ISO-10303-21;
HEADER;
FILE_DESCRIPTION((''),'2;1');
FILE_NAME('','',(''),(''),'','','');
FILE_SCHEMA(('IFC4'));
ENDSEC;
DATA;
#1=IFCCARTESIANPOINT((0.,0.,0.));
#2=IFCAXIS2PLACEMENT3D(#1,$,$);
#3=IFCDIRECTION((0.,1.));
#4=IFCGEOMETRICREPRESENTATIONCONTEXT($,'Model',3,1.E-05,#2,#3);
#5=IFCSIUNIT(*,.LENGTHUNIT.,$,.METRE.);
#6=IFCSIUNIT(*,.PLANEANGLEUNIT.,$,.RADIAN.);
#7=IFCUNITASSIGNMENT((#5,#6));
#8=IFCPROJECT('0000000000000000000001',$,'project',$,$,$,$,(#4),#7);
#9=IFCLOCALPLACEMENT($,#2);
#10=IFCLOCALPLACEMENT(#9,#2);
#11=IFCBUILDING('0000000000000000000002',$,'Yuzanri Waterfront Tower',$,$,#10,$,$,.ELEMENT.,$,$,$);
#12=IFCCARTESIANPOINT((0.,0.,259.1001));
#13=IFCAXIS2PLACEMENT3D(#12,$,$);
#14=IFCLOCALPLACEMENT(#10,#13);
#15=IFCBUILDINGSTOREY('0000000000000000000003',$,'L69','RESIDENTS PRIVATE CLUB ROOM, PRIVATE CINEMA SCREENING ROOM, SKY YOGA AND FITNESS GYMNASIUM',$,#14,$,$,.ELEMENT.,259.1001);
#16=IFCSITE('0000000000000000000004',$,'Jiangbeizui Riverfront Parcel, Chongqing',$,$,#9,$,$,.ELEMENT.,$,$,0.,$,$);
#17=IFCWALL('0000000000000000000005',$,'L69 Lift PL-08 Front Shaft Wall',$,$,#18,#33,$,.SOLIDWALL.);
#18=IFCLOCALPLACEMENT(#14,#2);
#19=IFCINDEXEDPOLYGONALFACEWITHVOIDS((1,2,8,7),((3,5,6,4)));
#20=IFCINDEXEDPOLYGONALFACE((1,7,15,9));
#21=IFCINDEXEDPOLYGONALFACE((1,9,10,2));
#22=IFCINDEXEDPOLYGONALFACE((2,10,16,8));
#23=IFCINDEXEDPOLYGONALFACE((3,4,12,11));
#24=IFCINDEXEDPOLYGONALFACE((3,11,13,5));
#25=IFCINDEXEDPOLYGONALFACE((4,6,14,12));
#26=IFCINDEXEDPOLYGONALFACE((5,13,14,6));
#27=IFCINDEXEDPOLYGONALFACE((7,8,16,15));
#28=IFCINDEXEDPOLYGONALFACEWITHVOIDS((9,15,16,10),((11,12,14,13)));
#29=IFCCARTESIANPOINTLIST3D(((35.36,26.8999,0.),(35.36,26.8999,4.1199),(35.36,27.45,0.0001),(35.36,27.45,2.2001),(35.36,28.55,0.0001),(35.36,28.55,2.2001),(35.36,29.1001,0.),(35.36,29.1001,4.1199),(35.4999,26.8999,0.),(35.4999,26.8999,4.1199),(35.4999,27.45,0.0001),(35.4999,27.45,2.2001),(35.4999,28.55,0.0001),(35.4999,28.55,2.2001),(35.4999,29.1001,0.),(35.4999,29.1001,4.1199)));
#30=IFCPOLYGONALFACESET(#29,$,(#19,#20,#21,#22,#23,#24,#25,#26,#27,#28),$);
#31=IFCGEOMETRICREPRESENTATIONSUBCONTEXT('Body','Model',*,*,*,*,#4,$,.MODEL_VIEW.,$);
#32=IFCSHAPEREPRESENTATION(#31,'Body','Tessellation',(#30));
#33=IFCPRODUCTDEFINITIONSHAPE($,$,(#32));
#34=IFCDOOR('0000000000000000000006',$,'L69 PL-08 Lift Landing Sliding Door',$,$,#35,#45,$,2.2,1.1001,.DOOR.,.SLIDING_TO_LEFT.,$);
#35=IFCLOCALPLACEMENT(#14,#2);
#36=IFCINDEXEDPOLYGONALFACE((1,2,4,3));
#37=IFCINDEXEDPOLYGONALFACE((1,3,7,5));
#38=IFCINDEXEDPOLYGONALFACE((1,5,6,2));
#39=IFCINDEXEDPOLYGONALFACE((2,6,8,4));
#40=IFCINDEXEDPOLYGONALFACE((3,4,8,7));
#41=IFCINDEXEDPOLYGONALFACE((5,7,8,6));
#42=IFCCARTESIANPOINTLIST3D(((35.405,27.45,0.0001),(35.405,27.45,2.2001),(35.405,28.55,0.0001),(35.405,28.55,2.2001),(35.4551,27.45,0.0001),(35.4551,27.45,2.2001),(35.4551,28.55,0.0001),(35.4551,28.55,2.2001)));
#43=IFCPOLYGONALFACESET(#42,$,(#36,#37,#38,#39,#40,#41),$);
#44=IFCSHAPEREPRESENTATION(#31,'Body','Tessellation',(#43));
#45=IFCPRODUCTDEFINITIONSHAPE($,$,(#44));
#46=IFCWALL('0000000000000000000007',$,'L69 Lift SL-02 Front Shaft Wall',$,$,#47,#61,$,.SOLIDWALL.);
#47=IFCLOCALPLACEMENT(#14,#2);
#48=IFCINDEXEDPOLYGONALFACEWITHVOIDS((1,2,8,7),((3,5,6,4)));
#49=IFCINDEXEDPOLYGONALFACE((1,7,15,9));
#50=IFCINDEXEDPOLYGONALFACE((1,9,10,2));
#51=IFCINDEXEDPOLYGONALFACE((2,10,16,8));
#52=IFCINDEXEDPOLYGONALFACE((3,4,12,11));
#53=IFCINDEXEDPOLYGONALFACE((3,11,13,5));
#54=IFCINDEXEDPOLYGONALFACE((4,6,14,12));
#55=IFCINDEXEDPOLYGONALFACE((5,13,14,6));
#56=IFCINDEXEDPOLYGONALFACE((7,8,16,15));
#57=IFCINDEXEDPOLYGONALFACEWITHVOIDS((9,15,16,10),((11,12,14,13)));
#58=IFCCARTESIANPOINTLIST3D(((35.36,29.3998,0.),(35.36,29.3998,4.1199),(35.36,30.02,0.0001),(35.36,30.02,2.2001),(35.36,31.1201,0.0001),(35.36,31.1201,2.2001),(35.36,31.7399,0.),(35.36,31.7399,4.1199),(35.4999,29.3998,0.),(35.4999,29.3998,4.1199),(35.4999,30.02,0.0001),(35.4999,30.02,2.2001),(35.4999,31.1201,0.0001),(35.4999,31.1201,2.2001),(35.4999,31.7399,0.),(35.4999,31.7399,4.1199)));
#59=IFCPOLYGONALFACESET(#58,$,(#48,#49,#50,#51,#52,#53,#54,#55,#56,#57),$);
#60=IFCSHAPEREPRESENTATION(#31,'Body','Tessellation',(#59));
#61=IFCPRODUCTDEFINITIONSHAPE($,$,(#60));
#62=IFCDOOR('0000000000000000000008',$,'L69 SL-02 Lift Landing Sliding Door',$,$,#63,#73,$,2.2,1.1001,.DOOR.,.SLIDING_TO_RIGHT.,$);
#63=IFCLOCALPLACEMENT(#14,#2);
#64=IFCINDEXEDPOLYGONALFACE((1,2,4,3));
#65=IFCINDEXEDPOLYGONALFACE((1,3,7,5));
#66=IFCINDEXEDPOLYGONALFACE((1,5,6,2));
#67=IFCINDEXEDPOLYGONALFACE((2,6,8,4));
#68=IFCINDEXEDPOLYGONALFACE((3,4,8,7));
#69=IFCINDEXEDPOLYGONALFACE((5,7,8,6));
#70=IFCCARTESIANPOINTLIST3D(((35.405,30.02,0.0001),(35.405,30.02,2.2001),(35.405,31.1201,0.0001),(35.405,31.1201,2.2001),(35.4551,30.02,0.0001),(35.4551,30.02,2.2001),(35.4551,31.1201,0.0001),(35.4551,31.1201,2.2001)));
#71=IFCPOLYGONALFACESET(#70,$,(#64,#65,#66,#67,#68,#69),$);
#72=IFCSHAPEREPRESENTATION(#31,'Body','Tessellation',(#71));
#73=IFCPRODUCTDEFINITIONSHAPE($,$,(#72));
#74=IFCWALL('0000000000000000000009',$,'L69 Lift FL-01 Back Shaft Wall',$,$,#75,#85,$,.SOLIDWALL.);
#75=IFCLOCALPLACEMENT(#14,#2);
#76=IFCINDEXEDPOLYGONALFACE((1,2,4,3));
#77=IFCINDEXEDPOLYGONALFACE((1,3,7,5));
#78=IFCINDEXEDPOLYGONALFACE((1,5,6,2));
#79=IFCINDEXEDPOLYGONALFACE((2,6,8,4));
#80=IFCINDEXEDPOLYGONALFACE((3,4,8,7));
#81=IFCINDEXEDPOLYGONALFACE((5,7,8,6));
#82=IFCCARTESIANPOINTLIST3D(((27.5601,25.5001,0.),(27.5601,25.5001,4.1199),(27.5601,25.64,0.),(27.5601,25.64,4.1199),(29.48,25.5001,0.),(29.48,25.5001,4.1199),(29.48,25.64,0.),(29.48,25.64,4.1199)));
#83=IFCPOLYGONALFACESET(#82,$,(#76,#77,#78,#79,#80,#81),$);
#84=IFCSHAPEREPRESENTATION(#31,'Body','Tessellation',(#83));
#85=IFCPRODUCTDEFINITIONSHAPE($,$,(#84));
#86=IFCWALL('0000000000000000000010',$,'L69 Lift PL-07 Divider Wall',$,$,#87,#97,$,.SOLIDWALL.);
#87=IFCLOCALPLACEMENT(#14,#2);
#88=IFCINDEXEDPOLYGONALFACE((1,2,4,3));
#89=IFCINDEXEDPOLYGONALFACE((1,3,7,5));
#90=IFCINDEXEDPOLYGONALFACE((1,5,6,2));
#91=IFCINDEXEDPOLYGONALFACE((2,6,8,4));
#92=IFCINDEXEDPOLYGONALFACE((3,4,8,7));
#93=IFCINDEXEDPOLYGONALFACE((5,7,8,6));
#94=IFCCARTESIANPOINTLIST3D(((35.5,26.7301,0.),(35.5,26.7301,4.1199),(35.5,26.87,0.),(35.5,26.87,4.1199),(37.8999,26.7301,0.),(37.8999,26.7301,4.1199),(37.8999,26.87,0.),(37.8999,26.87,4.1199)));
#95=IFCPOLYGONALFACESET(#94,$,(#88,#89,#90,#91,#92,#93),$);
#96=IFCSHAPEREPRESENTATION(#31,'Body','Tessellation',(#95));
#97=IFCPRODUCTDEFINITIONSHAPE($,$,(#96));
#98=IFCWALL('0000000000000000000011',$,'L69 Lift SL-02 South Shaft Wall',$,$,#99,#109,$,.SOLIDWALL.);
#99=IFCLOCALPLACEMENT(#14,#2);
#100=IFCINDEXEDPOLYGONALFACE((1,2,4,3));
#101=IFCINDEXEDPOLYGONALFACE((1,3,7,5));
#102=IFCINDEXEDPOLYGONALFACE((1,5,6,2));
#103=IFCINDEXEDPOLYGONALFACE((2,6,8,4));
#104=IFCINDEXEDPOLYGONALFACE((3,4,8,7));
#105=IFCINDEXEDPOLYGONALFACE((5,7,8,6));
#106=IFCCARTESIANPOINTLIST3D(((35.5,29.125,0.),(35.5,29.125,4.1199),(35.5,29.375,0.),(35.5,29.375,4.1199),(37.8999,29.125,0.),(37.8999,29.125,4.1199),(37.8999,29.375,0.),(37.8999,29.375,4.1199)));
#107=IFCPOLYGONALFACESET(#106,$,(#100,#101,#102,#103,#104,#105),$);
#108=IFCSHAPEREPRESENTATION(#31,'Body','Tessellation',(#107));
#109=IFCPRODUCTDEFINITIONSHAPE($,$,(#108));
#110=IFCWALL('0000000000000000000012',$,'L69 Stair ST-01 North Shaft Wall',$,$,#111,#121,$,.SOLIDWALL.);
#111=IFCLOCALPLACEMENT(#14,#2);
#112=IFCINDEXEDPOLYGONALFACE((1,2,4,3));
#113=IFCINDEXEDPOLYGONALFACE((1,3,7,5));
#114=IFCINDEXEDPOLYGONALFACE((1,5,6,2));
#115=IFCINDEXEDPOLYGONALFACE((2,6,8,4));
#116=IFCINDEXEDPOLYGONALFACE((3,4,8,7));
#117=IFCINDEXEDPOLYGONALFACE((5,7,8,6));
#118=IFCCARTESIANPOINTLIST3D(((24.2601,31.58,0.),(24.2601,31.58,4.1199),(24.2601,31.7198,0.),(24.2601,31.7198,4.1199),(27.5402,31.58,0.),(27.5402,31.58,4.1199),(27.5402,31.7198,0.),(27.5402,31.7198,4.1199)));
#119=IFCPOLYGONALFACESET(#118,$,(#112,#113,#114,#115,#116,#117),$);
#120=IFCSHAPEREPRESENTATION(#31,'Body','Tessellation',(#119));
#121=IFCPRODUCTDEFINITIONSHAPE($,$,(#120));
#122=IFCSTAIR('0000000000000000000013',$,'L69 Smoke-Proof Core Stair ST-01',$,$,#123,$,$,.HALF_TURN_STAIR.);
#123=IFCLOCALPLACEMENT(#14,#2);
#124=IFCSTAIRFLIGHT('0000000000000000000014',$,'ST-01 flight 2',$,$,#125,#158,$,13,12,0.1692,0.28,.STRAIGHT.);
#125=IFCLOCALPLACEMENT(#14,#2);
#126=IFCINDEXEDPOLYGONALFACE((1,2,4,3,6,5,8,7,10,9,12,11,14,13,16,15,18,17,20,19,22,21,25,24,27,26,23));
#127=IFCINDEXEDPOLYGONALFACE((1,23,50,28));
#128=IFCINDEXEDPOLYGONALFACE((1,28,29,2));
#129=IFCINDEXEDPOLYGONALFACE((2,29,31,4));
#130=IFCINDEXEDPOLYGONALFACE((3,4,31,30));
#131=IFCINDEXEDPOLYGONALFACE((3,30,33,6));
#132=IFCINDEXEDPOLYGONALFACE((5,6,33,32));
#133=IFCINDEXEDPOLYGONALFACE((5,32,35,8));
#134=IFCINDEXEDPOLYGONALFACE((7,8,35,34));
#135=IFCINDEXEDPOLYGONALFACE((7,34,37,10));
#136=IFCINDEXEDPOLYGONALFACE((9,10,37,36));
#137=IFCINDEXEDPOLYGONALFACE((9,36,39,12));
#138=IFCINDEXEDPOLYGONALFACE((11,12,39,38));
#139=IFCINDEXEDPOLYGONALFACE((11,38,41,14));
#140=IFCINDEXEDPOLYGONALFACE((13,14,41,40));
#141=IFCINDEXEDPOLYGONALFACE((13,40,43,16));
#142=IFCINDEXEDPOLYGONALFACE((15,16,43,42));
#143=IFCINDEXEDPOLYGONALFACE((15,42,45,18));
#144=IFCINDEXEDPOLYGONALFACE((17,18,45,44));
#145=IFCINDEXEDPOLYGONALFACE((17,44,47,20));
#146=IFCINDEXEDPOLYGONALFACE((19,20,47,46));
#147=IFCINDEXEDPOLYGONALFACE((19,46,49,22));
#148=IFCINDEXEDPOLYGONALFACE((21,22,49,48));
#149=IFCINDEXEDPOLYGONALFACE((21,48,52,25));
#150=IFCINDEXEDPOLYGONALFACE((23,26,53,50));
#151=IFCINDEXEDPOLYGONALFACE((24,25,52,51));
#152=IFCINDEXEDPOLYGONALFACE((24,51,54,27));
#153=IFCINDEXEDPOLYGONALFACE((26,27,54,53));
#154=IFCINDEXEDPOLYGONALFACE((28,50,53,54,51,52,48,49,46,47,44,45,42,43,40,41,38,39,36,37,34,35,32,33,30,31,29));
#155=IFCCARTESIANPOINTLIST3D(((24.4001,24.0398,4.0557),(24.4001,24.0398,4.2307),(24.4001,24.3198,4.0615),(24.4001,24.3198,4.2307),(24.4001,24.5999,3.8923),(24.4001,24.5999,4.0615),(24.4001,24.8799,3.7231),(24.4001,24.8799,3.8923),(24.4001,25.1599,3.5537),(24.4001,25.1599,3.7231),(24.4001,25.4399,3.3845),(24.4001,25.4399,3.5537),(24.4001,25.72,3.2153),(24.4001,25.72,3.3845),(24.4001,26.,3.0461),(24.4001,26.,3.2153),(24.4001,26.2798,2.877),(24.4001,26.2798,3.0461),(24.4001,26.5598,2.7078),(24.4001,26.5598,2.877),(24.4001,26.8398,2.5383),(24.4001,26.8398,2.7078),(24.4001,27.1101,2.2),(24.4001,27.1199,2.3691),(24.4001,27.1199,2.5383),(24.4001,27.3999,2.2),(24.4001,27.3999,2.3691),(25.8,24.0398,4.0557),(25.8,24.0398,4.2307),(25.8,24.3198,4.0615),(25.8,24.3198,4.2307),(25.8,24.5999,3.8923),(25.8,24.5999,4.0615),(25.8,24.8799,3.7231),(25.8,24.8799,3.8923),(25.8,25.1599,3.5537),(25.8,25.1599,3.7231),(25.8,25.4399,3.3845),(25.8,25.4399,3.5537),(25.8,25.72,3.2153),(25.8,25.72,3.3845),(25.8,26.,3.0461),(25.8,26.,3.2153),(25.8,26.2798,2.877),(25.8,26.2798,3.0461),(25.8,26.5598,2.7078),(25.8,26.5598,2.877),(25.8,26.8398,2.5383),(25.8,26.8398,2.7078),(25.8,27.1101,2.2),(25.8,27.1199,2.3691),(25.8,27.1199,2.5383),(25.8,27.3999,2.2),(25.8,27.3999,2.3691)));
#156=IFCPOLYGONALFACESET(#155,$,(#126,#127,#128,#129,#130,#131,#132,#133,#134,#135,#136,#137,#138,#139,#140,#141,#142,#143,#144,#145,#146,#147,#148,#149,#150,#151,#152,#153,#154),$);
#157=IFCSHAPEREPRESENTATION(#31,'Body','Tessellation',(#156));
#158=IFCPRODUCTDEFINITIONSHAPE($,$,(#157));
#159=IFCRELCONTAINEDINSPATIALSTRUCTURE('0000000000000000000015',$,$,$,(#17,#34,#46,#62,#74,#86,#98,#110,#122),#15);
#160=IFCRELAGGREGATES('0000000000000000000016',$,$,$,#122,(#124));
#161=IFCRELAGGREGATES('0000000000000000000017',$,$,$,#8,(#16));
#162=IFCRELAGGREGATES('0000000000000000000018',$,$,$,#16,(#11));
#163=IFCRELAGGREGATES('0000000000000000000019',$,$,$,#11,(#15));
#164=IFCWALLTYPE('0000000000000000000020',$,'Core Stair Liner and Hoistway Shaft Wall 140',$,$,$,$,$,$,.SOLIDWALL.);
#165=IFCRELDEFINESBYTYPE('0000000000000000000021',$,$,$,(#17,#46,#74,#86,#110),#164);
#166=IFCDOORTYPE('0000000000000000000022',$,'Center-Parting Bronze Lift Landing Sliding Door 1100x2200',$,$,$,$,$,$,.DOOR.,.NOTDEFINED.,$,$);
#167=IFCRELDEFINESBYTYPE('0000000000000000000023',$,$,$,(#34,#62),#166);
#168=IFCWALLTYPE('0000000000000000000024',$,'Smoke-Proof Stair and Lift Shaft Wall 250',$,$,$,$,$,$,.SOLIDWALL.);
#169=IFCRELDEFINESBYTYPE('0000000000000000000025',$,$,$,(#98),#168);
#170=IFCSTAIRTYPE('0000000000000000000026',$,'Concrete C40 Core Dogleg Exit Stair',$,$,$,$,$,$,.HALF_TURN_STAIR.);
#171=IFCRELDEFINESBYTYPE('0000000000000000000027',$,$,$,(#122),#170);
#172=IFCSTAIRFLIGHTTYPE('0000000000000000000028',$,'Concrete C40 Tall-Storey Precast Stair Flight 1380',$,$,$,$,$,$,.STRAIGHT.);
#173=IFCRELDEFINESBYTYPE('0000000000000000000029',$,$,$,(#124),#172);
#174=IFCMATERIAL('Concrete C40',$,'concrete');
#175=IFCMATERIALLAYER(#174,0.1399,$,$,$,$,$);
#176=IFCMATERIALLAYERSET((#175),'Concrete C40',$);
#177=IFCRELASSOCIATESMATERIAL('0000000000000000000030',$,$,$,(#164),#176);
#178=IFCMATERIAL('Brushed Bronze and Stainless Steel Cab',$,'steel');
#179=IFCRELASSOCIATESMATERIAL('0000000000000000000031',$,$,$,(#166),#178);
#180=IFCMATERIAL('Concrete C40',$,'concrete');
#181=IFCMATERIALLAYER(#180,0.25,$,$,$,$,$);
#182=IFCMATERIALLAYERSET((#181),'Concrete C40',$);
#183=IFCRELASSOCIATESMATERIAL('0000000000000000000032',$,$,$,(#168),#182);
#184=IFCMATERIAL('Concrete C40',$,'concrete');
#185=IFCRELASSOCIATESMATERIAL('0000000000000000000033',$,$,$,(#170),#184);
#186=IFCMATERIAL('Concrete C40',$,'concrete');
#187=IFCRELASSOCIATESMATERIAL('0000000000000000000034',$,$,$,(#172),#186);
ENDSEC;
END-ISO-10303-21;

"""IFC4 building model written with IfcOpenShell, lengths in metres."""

from ifc_helpers import new_model, si_unit, direction, frame, frame_2d, origin, place, context, subcontext, project, spatial, polyline, rectangle, outline, extrude, source, transform, mapped, material, layer, layer_set, type_object, element, fill, aggregate, save


model = new_model("IFC4")

# Units and contexts
model_context = context("Model", 3, precision=1e-05, world=origin(), true_north=direction((0.0, 1.0)))
body_context = subcontext(model_context, "Body", "Model", "MODEL_VIEW")
ifc_project = project(units=[si_unit("LENGTHUNIT", "METRE"), si_unit("PLANEANGLEUNIT", "RADIAN")], contexts=[model_context])

# Site, building, storey
site_placement = place(None, origin())
site = spatial("IfcSite", under=ifc_project, at=site_placement, Name="Jiangbeizui Riverfront Parcel, Chongqing", CompositionType="ELEMENT", RefElevation=0.0)
building_placement = place(site_placement, origin())
building = spatial("IfcBuilding", under=site, at=building_placement, Name="Yuzanri Waterfront Tower", CompositionType="ELEMENT")
storey_placement = place(building_placement, frame((0.0, 0.0, 259.1001)))
storey = spatial("IfcBuildingStorey", under=building, at=storey_placement, Name="L69", Description="RESIDENTS PRIVATE CLUB ROOM, PRIVATE CINEMA SCREENING ROOM, SKY YOGA AND FITNESS GYMNASIUM", CompositionType="ELEMENT", Elevation=259.1001)

# Walls, openings, doors
ifc_material_1 = material(Name="Concrete C40", Category="concrete")
ifc_layer_1 = layer(ifc_material_1, 0.1399)
ifc_layer_set_1 = layer_set([ifc_layer_1], Name="Concrete C40")
wall_type_1 = type_object("IfcWallType", Name="Core Stair Liner and Hoistway Shaft Wall 140", PredefinedType="SOLIDWALL", material=ifc_layer_set_1)
ifc_material_2 = material(Name="Brushed Bronze and Stainless Steel Cab", Category="steel")
door_type_1 = type_object("IfcDoorType", Name="Center-Parting Bronze Lift Landing Sliding Door 1100x2200", OperationType="NOTDEFINED", PredefinedType="DOOR", material=ifc_material_2)
shared_shape_1 = source(origin(), body_context, "Body", "SweptSolid", [
    extrude(rectangle(XDim=1.1001, YDim=2.2, at=frame_2d((0.55, 1.1001))), frame((0.0, 0.0249, 0.0), z_axis=(0.0, -1.0, 0.0), x_axis=(1.0, 0.0, 0.0)), (0.0, 0.0, 1.0), 0.05),
])
wall_1_placement = place(storey_placement, frame((35.4299, 26.8999, 0.0), z_axis=(0.0, 0.0, 1.0), x_axis=(0.0, 1.0, 0.0)))
wall_1 = element("IfcWall", 1, at=wall_1_placement, inside=storey, type_object=wall_type_1, Name="L69 Lift PL-08 Front Shaft Wall", PredefinedType="SOLIDWALL", context=body_context, shape_type="SweptSolid", body=[
    extrude(rectangle(XDim=2.2002, YDim=0.1399, at=frame_2d((1.1001, 0.0))), origin(), (0.0, 0.0, 1.0), 4.1199),
])
opening_1_placement = place(wall_1_placement, frame((0.55, 0.0, 0.0)))
opening_1 = element("IfcOpeningElement", 2, at=opening_1_placement, cuts=wall_1, PredefinedType="OPENING", context=body_context, shape_type="SweptSolid", body=[
    extrude(rectangle(XDim=1.1001, YDim=2.2, at=frame_2d((0.55, 1.1001))), frame((0.0, 0.085, 0.0), z_axis=(0.0, -1.0, 0.0), x_axis=(1.0, 0.0, 0.0)), (0.0, 0.0, 1.0), 0.1697),
])
door_1_placement = place(opening_1_placement, origin())
door_1 = element("IfcDoor", 3, at=door_1_placement, inside=storey, type_object=door_type_1, Name="L69 PL-08 Lift Landing Sliding Door", OperationType="SLIDING_TO_LEFT", OverallHeight=2.2, OverallWidth=1.1001, PredefinedType="DOOR", context=body_context, shape_type="MappedRepresentation", body=[
    mapped(shared_shape_1, transform((0.0, 0.0, 0.0), scale=1.0)),
])
fill(opening_1, door_1)
wall_2_placement = place(storey_placement, frame((35.4299, 29.3999, 0.0), z_axis=(0.0, 0.0, 1.0), x_axis=(0.0, 1.0, 0.0)))
wall_2 = element("IfcWall", 4, at=wall_2_placement, inside=storey, type_object=wall_type_1, Name="L69 Lift SL-02 Front Shaft Wall", PredefinedType="SOLIDWALL", context=body_context, shape_type="SweptSolid", body=[
    extrude(rectangle(XDim=2.3401, YDim=0.1399, at=frame_2d((1.1699, 0.0))), origin(), (0.0, 0.0, 1.0), 4.1199),
])
opening_2_placement = place(wall_2_placement, frame((0.6201, 0.0, 0.0)))
opening_2 = element("IfcOpeningElement", 5, at=opening_2_placement, cuts=wall_2, PredefinedType="OPENING", context=body_context, shape_type="SweptSolid", body=[
    extrude(rectangle(XDim=1.1001, YDim=2.2, at=frame_2d((0.55, 1.1001))), frame((0.0, 0.085, 0.0), z_axis=(0.0, -1.0, 0.0), x_axis=(1.0, 0.0, 0.0)), (0.0, 0.0, 1.0), 0.1697),
])
door_2_placement = place(opening_2_placement, origin())
door_2 = element("IfcDoor", 6, at=door_2_placement, inside=storey, type_object=door_type_1, Name="L69 SL-02 Lift Landing Sliding Door", OperationType="SLIDING_TO_RIGHT", OverallHeight=2.2, OverallWidth=1.1001, PredefinedType="DOOR", context=body_context, shape_type="MappedRepresentation", body=[
    mapped(shared_shape_1, transform((0.0, 0.0, 0.0), scale=1.0)),
])
fill(opening_2, door_2)

# Walls
shared_shape_2 = source(origin(), body_context, "Body", "SweptSolid", [
    extrude(rectangle(XDim=1.9199, YDim=0.1399, at=frame_2d((0.96, 0.0))), origin(), (0.0, 0.0, 1.0), 4.1199),
])
wall_3_placement = place(storey_placement, frame((27.5601, 25.5701, 0.0), z_axis=(0.0, 0.0, 1.0), x_axis=(1.0, 0.0, 0.0)))
element("IfcWall", 7, at=wall_3_placement, inside=storey, type_object=wall_type_1, Name="L69 Lift FL-01 Back Shaft Wall", PredefinedType="SOLIDWALL", context=body_context, shape_type="MappedRepresentation", body=[
    mapped(shared_shape_2, transform((0.0, 0.0, 0.0), scale=1.0)),
])
shared_shape_3 = source(origin(), body_context, "Body", "SweptSolid", [
    extrude(rectangle(XDim=2.3999, YDim=0.1399, at=frame_2d((1.2, 0.0))), origin(), (0.0, 0.0, 1.0), 4.1199),
])
wall_4_placement = place(storey_placement, frame((35.5, 26.8, 0.0), z_axis=(0.0, 0.0, 1.0), x_axis=(1.0, 0.0, 0.0)))
element("IfcWall", 8, at=wall_4_placement, inside=storey, type_object=wall_type_1, Name="L69 Lift PL-07 Divider Wall", PredefinedType="SOLIDWALL", context=body_context, shape_type="MappedRepresentation", body=[
    mapped(shared_shape_3, transform((0.0, 0.0, 0.0), scale=1.0)),
])
ifc_material_3 = material(Name="Concrete C40", Category="concrete")
ifc_layer_2 = layer(ifc_material_3, 0.25)
ifc_layer_set_2 = layer_set([ifc_layer_2], Name="Concrete C40")
wall_type_2 = type_object("IfcWallType", Name="Smoke-Proof Stair and Lift Shaft Wall 250", PredefinedType="SOLIDWALL", material=ifc_layer_set_2)
shared_shape_4 = source(origin(), body_context, "Body", "SweptSolid", [
    extrude(rectangle(XDim=2.3999, YDim=0.25, at=frame_2d((1.2, 0.0))), origin(), (0.0, 0.0, 1.0), 4.1199),
])
wall_5_placement = place(storey_placement, frame((35.5, 29.25, 0.0), z_axis=(0.0, 0.0, 1.0), x_axis=(1.0, 0.0, 0.0)))
element("IfcWall", 9, at=wall_5_placement, inside=storey, type_object=wall_type_2, Name="L69 Lift SL-02 South Shaft Wall", PredefinedType="SOLIDWALL", context=body_context, shape_type="MappedRepresentation", body=[
    mapped(shared_shape_4, transform((0.0, 0.0, 0.0), scale=1.0)),
])
shared_shape_5 = source(origin(), body_context, "Body", "SweptSolid", [
    extrude(rectangle(XDim=3.28, YDim=0.1399, at=frame_2d((1.6401, 0.0))), origin(), (0.0, 0.0, 1.0), 4.1199),
])
wall_6_placement = place(storey_placement, frame((24.26, 31.6499, 0.0), z_axis=(0.0, 0.0, 1.0), x_axis=(1.0, 0.0, 0.0)))
element("IfcWall", 10, at=wall_6_placement, inside=storey, type_object=wall_type_1, Name="L69 Stair ST-01 North Shaft Wall", PredefinedType="SOLIDWALL", context=body_context, shape_type="MappedRepresentation", body=[
    mapped(shared_shape_5, transform((0.0, 0.0, 0.0), scale=1.0)),
])

# Stair, stair flight
ifc_material_4 = material(Name="Concrete C40", Category="concrete")
stair_type = type_object("IfcStairType", Name="Concrete C40 Core Dogleg Exit Stair", PredefinedType="HALF_TURN_STAIR", material=ifc_material_4)
stair_placement = place(storey_placement, origin())
stair = element("IfcStair", 11, at=stair_placement, inside=storey, type_object=stair_type, Name="L69 Smoke-Proof Core Stair ST-01", PredefinedType="HALF_TURN_STAIR")
ifc_material_5 = material(Name="Concrete C40", Category="concrete")
stair_flight_type = type_object("IfcStairFlightType", Name="Concrete C40 Tall-Storey Precast Stair Flight 1380", PredefinedType="STRAIGHT", material=ifc_material_5)
shared_shape_6 = source(origin(), body_context, "Body", "SweptSolid", [
    extrude(outline(polyline([(0.0, 0.0), (0.0, 0.1692), (0.28, 0.1692), (0.28, 0.3384), (0.5601, 0.3384), (0.5601, 0.5078), (0.8401, 0.5078), (0.8401, 0.677), (1.1201, 0.677), (1.1201, 0.8462), (1.3999, 0.8462), (1.3999, 1.0154), (1.6799, 1.0154), (1.6799, 1.1846), (1.96, 1.1846), (1.96, 1.3538), (2.24, 1.3538), (2.24, 1.5232), (2.52, 1.5232), (2.52, 1.6924), (2.8, 1.6924), (2.8, 1.8616), (3.0801, 1.8616), (3.0801, 2.0308), (3.3601, 2.0308), (3.3601, 2.2), (3.3601, 1.8557), (0.2898, 0.0), (0.0, 0.0)])), frame((0.0, 0.7, 0.0), z_axis=(0.0, -1.0, 0.0), x_axis=(1.0, 0.0, 0.0)), (0.0, 0.0, 1.0), 1.3999),
])
stair_flight_placement = place(storey_placement, frame((25.1001, 27.3999, 2.2), z_axis=(0.0, 0.0, 1.0), x_axis=(0.0, -1.0, 0.0)))
stair_flight = element("IfcStairFlight", 12, at=stair_flight_placement, type_object=stair_flight_type, Name="ST-01 flight 2", NumberOfRisers=13, NumberOfTreads=12, PredefinedType="STRAIGHT", RiserHeight=0.1692, TreadLength=0.28, context=body_context, shape_type="MappedRepresentation", body=[
    mapped(shared_shape_6, transform((0.0, 0.0, 0.0), scale=1.0)),
])
aggregate(stair, [stair_flight])

save(model, "model.ifc")
